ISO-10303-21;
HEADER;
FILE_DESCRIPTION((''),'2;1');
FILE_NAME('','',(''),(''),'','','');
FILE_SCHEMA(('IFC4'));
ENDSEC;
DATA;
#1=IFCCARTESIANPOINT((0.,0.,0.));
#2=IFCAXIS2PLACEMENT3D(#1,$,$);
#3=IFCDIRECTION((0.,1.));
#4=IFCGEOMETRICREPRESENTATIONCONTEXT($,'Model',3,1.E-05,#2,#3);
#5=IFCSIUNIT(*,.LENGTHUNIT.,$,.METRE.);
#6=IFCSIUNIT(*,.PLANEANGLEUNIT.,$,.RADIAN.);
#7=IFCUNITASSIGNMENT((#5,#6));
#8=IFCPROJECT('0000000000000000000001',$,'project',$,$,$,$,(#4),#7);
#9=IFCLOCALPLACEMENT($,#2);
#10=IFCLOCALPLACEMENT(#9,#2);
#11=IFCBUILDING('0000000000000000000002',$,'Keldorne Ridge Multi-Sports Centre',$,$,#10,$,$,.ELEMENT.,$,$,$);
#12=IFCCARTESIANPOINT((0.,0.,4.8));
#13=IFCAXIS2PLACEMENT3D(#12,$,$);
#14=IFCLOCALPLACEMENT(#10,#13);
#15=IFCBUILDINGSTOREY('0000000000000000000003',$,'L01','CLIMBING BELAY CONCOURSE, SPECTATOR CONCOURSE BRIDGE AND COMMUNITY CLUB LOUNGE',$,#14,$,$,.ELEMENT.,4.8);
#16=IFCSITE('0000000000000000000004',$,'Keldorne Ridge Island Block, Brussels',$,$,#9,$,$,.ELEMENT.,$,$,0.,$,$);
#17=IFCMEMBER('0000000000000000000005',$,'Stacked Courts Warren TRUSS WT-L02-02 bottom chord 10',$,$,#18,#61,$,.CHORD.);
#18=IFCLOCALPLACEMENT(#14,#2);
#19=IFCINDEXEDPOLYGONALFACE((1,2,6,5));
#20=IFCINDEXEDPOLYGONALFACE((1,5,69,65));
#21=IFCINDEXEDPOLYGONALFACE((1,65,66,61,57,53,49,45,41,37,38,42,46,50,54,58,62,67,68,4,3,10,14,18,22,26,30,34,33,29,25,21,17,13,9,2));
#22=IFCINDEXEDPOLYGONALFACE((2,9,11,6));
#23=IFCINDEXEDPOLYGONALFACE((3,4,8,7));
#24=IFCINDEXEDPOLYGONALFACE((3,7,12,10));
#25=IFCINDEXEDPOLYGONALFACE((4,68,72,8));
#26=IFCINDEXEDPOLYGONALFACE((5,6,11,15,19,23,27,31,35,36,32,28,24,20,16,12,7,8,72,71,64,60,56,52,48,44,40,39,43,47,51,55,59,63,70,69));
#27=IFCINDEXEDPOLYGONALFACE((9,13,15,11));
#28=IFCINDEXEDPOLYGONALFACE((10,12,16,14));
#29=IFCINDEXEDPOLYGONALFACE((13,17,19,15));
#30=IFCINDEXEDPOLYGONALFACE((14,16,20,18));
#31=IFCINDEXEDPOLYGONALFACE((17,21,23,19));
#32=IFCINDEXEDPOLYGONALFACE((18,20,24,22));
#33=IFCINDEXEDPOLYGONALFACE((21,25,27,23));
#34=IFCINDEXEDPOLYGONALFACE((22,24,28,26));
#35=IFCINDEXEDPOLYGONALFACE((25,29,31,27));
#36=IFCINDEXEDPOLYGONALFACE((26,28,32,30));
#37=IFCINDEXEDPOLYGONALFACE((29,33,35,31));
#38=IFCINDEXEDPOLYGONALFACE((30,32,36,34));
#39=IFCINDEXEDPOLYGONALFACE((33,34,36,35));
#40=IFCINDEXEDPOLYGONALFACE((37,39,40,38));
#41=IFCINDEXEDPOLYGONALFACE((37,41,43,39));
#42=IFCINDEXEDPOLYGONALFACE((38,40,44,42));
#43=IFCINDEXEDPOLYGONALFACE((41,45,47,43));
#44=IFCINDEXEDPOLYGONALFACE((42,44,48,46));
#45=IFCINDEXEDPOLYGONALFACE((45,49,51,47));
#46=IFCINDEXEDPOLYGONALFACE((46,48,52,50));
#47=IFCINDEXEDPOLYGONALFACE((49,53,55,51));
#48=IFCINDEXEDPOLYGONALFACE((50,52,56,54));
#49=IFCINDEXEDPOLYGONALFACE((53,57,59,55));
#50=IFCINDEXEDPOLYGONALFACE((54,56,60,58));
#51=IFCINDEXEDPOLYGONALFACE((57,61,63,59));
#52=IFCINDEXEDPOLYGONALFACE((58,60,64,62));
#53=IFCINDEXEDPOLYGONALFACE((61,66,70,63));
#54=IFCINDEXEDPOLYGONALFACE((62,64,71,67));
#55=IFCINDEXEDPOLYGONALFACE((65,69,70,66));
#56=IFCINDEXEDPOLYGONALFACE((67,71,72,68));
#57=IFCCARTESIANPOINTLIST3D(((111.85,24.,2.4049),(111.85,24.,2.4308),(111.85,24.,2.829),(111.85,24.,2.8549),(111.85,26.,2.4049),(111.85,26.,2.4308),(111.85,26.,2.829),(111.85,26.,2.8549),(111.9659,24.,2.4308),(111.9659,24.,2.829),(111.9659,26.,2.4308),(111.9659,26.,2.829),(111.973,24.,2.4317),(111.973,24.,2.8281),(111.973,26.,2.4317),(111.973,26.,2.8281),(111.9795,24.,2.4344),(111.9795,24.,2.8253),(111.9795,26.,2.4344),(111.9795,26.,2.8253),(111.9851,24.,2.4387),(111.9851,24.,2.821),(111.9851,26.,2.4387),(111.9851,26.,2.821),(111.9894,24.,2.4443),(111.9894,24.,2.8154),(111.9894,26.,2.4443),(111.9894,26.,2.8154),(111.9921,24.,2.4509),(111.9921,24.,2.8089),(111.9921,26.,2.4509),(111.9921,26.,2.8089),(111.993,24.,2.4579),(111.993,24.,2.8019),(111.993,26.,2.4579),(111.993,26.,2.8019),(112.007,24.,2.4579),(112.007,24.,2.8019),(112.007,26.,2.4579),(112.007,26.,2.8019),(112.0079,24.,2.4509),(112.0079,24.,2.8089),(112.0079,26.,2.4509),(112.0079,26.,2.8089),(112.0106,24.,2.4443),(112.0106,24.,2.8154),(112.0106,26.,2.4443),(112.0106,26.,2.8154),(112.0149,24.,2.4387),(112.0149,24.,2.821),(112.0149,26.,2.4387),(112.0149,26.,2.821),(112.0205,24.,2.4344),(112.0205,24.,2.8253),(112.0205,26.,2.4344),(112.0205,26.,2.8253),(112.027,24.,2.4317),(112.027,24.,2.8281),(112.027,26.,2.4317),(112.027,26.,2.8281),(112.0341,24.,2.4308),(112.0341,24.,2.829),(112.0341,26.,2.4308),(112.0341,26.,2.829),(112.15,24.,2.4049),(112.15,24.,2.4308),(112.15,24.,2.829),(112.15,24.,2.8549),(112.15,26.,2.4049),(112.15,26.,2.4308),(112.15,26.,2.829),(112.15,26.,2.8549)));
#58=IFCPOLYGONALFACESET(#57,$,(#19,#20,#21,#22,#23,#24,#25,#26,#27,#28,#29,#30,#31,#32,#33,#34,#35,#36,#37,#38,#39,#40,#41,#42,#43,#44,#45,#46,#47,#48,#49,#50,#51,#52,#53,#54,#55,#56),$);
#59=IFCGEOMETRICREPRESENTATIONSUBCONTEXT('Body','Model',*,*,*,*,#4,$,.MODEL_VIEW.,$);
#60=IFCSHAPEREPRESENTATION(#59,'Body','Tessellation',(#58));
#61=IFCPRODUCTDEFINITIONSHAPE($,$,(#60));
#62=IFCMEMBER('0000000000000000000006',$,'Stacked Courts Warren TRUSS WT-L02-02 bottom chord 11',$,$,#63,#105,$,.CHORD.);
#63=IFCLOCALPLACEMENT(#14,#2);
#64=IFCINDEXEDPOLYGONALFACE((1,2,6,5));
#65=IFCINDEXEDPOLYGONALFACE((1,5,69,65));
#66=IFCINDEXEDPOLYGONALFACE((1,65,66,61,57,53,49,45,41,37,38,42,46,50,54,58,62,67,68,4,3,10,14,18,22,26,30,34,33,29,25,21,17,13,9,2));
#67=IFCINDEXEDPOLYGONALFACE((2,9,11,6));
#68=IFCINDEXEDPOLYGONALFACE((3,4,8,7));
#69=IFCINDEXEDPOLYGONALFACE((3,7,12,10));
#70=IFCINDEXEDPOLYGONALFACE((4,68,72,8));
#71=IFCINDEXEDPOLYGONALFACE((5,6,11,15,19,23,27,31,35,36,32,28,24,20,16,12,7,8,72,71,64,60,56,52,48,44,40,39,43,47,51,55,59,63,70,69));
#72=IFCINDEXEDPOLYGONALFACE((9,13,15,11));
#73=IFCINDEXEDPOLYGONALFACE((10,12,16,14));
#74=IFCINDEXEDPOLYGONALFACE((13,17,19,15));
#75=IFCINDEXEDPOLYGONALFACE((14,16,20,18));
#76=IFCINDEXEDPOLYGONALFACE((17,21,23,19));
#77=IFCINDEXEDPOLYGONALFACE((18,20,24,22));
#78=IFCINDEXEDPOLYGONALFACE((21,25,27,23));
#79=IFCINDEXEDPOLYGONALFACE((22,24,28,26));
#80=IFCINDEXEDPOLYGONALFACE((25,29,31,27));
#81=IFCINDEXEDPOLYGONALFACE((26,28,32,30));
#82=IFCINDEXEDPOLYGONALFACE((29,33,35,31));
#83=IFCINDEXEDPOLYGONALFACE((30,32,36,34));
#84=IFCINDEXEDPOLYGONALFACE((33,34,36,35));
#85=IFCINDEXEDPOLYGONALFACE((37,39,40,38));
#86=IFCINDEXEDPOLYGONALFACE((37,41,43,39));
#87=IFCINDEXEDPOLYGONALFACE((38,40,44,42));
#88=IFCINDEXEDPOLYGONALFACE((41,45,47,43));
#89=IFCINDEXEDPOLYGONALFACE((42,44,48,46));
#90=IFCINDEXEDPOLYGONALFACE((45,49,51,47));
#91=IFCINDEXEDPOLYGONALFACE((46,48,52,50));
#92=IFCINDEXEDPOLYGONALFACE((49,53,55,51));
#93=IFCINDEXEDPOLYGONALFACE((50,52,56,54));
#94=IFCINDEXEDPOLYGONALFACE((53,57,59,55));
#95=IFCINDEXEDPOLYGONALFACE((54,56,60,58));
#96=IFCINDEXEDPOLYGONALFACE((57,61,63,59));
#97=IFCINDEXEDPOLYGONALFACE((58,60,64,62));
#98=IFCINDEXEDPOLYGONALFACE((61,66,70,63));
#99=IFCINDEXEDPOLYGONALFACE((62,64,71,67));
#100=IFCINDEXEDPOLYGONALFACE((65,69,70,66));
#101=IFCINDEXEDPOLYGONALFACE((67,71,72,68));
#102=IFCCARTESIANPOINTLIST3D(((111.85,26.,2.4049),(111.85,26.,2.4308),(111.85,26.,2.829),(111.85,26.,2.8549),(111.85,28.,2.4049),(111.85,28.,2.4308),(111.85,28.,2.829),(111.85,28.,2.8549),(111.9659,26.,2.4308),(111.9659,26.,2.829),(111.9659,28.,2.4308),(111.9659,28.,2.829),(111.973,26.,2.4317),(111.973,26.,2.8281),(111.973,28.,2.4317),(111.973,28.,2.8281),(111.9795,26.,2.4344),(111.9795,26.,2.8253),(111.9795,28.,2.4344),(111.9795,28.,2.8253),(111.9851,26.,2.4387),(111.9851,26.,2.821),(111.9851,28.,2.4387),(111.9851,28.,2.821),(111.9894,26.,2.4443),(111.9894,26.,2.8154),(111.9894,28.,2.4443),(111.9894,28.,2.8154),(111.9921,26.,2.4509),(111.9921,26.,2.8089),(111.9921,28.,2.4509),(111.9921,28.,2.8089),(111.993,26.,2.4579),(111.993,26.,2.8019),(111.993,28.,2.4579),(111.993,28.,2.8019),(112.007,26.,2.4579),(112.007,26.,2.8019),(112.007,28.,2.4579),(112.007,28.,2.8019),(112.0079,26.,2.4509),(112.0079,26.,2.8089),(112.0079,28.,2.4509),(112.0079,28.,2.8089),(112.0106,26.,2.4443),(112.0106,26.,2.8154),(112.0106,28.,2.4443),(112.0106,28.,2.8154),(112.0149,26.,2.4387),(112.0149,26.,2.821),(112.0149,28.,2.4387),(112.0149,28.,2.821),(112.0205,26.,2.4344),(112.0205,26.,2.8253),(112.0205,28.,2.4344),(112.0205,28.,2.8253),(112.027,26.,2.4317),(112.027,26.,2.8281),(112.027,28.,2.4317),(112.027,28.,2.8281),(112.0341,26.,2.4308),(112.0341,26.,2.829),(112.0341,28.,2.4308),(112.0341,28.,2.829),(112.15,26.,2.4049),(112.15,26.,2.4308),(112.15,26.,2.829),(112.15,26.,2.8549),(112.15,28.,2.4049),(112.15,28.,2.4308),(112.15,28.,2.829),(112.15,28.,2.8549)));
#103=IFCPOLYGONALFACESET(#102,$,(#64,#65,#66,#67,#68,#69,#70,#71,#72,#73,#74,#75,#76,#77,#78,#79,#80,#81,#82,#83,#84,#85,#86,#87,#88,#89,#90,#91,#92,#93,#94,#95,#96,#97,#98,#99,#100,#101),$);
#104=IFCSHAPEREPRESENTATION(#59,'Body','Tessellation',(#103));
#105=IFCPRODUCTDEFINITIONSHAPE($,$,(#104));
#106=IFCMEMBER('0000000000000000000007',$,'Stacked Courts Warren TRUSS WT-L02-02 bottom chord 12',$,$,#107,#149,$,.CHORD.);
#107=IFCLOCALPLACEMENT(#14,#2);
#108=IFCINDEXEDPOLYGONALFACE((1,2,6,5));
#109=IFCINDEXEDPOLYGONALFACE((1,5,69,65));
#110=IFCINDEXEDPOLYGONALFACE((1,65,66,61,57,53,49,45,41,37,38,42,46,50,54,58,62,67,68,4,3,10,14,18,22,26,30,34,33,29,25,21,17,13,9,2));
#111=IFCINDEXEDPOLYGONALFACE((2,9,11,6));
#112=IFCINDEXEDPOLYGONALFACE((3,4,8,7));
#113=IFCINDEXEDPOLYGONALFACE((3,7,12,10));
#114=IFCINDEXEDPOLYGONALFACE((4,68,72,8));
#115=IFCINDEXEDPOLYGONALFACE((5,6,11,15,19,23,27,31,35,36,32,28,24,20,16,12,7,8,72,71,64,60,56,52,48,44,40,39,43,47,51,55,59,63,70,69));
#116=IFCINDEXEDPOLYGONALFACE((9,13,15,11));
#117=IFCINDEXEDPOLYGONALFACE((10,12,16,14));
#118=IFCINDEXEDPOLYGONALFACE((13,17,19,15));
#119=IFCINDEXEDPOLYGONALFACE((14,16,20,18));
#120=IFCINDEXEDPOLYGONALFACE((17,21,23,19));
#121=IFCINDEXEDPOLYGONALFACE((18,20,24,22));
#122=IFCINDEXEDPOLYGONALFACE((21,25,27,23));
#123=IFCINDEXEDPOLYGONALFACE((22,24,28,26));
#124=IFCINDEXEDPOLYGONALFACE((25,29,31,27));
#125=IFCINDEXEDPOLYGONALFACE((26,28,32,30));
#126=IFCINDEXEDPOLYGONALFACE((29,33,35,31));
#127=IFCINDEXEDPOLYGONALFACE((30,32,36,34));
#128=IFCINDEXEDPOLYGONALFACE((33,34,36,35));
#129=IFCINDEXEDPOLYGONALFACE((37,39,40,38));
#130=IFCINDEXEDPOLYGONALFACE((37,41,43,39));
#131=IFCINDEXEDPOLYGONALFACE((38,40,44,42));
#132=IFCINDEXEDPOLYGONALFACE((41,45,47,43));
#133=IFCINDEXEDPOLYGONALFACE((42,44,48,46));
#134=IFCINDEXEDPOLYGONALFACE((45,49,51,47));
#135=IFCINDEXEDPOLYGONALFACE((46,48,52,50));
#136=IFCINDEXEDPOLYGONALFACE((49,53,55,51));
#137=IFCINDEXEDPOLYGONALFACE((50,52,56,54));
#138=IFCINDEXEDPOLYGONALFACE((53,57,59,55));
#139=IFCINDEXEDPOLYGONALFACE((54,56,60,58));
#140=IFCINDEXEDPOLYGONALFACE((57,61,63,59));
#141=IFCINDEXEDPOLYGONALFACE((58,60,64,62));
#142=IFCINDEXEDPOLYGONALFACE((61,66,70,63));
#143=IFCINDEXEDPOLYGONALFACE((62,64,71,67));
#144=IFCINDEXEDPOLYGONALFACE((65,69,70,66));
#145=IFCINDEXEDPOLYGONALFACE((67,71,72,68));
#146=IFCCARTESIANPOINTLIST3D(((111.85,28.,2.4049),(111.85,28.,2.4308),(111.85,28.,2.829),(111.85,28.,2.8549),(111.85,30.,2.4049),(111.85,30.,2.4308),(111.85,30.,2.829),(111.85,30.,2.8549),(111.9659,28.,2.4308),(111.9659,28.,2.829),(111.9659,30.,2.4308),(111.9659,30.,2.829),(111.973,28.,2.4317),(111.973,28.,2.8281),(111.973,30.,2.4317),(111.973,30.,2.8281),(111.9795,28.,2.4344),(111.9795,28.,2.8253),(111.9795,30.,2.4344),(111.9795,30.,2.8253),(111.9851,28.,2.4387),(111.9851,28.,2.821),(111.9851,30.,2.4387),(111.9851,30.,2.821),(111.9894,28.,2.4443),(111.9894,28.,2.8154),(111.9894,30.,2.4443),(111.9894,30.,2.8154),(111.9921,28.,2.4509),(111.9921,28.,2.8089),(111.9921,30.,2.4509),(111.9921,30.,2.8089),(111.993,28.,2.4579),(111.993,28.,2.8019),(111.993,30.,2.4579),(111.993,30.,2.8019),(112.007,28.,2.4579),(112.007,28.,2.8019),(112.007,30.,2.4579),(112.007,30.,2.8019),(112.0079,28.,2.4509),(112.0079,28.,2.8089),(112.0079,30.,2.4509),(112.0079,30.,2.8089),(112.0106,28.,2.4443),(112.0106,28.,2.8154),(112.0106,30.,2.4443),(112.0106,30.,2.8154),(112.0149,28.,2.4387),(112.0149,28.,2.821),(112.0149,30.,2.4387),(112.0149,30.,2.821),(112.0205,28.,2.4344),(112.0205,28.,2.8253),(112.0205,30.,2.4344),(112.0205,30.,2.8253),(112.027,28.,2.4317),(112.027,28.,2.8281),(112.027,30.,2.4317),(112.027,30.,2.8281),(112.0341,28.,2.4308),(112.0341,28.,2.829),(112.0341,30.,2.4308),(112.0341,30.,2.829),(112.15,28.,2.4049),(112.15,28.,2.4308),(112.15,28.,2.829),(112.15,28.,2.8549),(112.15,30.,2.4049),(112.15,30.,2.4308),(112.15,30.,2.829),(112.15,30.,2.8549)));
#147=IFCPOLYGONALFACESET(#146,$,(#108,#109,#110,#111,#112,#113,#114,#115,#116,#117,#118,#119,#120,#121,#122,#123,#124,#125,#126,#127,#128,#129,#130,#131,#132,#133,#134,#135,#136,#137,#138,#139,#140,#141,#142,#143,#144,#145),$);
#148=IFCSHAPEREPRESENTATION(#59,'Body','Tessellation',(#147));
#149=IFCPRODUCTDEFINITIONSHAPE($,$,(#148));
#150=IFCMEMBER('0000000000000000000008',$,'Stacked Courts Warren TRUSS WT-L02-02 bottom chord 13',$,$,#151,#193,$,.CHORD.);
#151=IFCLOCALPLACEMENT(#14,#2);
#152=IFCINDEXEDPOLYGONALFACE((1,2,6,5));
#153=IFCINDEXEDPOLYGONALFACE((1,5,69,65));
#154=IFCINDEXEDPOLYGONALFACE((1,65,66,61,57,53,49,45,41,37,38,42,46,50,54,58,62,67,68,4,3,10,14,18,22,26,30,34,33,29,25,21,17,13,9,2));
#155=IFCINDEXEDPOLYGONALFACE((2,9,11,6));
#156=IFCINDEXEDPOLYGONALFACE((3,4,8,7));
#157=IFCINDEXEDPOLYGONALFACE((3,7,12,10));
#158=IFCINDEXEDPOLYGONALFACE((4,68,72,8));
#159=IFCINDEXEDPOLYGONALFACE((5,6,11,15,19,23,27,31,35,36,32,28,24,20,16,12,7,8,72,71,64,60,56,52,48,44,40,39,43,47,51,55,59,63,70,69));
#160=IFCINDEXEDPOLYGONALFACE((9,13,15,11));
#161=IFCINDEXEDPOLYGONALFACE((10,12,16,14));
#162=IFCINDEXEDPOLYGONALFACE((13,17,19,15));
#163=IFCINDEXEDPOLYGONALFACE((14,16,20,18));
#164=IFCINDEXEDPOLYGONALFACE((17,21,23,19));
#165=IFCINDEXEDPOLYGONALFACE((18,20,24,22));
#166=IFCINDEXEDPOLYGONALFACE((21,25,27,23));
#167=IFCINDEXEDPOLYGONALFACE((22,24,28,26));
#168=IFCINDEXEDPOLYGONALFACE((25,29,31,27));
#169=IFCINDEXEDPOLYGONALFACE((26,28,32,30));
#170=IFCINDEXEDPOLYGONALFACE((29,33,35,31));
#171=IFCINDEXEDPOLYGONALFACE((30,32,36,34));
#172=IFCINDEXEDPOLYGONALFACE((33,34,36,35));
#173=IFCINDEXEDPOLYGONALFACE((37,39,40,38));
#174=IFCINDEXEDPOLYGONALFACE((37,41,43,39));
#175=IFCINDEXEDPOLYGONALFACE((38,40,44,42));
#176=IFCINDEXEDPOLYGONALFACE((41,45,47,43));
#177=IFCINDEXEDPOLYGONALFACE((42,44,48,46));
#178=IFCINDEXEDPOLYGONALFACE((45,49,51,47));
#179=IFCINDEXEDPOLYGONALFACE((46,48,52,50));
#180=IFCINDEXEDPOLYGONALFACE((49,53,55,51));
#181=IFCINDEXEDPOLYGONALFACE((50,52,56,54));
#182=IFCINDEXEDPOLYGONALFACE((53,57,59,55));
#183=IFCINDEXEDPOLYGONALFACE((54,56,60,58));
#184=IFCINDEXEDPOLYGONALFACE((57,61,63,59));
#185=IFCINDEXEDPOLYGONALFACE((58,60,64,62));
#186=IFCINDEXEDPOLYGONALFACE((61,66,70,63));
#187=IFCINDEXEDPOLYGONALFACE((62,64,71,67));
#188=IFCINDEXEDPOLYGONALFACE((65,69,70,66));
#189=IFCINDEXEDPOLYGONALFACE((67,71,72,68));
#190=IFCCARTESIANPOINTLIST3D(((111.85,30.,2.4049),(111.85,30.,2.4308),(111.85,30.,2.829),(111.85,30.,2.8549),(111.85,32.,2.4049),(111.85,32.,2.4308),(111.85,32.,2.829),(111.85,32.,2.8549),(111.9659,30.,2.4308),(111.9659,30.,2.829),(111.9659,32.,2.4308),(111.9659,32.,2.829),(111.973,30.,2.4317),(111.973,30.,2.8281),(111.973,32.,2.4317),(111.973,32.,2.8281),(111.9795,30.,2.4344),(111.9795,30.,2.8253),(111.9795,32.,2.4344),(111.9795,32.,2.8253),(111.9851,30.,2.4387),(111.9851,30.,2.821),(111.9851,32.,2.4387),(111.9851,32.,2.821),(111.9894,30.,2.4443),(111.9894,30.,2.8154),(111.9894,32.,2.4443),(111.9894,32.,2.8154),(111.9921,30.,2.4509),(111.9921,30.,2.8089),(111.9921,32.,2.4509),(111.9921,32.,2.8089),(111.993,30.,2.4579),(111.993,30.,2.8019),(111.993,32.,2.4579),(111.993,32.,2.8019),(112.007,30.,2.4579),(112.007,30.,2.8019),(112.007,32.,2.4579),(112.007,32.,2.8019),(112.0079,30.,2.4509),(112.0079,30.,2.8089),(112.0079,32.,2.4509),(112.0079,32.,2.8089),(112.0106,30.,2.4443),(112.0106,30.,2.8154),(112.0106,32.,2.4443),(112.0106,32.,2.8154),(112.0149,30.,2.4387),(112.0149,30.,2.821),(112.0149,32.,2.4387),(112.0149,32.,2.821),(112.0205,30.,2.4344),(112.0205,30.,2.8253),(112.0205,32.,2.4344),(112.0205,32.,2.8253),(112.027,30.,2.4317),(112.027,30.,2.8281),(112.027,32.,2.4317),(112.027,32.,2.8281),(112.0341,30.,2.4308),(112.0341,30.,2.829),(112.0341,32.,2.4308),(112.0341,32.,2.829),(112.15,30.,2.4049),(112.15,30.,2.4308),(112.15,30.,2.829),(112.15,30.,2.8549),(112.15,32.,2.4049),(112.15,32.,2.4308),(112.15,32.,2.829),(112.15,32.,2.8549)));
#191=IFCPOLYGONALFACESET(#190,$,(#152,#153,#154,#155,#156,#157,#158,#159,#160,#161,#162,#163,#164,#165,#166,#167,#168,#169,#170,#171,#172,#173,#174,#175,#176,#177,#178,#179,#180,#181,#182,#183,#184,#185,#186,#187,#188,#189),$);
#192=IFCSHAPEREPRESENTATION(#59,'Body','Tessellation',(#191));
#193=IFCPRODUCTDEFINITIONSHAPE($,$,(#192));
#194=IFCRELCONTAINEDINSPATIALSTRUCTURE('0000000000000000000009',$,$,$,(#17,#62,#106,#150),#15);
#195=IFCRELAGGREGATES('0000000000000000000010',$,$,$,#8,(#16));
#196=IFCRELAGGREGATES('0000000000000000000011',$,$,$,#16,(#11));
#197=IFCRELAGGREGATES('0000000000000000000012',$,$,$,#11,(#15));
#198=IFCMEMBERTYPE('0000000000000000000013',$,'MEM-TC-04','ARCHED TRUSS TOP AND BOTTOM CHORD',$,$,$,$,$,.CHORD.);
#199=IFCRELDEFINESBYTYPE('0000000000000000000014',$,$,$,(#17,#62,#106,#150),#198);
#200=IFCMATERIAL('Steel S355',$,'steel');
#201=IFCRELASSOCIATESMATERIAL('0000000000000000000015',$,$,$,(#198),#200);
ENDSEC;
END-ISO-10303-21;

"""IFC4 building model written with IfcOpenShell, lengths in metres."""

from ifc_helpers import new_model, si_unit, direction, frame, origin, origin_2d, place, context, subcontext, project, spatial, i_section, extrude, material, material_profile, profile_set, type_object, element, save


model = new_model("IFC4")

# Units and contexts
model_context = context("Model", 3, precision=1e-05, world=origin(), true_north=direction((0.0, 1.0)))
body_context = subcontext(model_context, "Body", "Model", "MODEL_VIEW")
ifc_project = project(units=[si_unit("LENGTHUNIT", "METRE"), si_unit("PLANEANGLEUNIT", "RADIAN")], contexts=[model_context])

# Site, building, storey
site_placement = place(None, origin())
site = spatial("IfcSite", under=ifc_project, at=site_placement, Name="Keldorne Ridge Island Block, Brussels", CompositionType="ELEMENT", RefElevation=0.0)
building_placement = place(site_placement, origin())
building = spatial("IfcBuilding", under=site, at=building_placement, Name="Keldorne Ridge Multi-Sports Centre", CompositionType="ELEMENT")
storey_placement = place(building_placement, frame((0.0, 0.0, 4.8)))
storey = spatial("IfcBuildingStorey", under=building, at=storey_placement, Name="L01", Description="CLIMBING BELAY CONCOURSE, SPECTATOR CONCOURSE BRIDGE AND COMMUNITY CLUB LOUNGE", CompositionType="ELEMENT", Elevation=4.8)

# Members
ifc_material_1 = material(Name="Steel S355", Category="steel")
ifc_material_profile_1 = material_profile(ifc_material_1, i_section(OverallWidth=0.3, OverallDepth=0.45, WebThickness=0.0139, FlangeThickness=0.0259, FilletRadius=0.0271, at=origin_2d()), Name="HEB 450")
ifc_profile_set_1 = profile_set([ifc_material_profile_1], Name="Steel S355")
member_type_1 = type_object("IfcMemberType", Name="MEM-TC-04", Description="ARCHED TRUSS TOP AND BOTTOM CHORD", PredefinedType="CHORD", material=ifc_profile_set_1)
for number, where, z_axis, x_axis, name in (
    (1, (112.0, 24.0, 2.6299), (0.0, 1.0, 0.0), (-1.0, 0.0, 0.0), "Stacked Courts Warren TRUSS WT-L02-02 bottom chord 10"),
    (2, (112.0, 26.0, 2.6299), (0.0, 1.0, 0.0), (-1.0, 0.0, 0.0), "Stacked Courts Warren TRUSS WT-L02-02 bottom chord 11"),
    (3, (112.0, 28.0, 2.6299), (0.0, 1.0, 0.0), (-1.0, 0.0, 0.0), "Stacked Courts Warren TRUSS WT-L02-02 bottom chord 12"),
    (4, (112.0, 30.0, 2.6299), (0.0, 1.0, 0.0), (-1.0, 0.0, 0.0), "Stacked Courts Warren TRUSS WT-L02-02 bottom chord 13"),
):
    element("IfcMember", number, at=place(storey_placement, frame(where, z_axis=z_axis, x_axis=x_axis)), inside=storey, type_object=member_type_1, Name=name, PredefinedType="CHORD", context=body_context, shape_type="SweptSolid", body=[
        extrude(i_section(OverallWidth=0.3, OverallDepth=0.45, WebThickness=0.0139, FlangeThickness=0.0259, FilletRadius=0.0271, at=origin_2d()), origin(), (0.0, 0.0, 1.0), 2.0),
    ])

save(model, "model.ifc")
